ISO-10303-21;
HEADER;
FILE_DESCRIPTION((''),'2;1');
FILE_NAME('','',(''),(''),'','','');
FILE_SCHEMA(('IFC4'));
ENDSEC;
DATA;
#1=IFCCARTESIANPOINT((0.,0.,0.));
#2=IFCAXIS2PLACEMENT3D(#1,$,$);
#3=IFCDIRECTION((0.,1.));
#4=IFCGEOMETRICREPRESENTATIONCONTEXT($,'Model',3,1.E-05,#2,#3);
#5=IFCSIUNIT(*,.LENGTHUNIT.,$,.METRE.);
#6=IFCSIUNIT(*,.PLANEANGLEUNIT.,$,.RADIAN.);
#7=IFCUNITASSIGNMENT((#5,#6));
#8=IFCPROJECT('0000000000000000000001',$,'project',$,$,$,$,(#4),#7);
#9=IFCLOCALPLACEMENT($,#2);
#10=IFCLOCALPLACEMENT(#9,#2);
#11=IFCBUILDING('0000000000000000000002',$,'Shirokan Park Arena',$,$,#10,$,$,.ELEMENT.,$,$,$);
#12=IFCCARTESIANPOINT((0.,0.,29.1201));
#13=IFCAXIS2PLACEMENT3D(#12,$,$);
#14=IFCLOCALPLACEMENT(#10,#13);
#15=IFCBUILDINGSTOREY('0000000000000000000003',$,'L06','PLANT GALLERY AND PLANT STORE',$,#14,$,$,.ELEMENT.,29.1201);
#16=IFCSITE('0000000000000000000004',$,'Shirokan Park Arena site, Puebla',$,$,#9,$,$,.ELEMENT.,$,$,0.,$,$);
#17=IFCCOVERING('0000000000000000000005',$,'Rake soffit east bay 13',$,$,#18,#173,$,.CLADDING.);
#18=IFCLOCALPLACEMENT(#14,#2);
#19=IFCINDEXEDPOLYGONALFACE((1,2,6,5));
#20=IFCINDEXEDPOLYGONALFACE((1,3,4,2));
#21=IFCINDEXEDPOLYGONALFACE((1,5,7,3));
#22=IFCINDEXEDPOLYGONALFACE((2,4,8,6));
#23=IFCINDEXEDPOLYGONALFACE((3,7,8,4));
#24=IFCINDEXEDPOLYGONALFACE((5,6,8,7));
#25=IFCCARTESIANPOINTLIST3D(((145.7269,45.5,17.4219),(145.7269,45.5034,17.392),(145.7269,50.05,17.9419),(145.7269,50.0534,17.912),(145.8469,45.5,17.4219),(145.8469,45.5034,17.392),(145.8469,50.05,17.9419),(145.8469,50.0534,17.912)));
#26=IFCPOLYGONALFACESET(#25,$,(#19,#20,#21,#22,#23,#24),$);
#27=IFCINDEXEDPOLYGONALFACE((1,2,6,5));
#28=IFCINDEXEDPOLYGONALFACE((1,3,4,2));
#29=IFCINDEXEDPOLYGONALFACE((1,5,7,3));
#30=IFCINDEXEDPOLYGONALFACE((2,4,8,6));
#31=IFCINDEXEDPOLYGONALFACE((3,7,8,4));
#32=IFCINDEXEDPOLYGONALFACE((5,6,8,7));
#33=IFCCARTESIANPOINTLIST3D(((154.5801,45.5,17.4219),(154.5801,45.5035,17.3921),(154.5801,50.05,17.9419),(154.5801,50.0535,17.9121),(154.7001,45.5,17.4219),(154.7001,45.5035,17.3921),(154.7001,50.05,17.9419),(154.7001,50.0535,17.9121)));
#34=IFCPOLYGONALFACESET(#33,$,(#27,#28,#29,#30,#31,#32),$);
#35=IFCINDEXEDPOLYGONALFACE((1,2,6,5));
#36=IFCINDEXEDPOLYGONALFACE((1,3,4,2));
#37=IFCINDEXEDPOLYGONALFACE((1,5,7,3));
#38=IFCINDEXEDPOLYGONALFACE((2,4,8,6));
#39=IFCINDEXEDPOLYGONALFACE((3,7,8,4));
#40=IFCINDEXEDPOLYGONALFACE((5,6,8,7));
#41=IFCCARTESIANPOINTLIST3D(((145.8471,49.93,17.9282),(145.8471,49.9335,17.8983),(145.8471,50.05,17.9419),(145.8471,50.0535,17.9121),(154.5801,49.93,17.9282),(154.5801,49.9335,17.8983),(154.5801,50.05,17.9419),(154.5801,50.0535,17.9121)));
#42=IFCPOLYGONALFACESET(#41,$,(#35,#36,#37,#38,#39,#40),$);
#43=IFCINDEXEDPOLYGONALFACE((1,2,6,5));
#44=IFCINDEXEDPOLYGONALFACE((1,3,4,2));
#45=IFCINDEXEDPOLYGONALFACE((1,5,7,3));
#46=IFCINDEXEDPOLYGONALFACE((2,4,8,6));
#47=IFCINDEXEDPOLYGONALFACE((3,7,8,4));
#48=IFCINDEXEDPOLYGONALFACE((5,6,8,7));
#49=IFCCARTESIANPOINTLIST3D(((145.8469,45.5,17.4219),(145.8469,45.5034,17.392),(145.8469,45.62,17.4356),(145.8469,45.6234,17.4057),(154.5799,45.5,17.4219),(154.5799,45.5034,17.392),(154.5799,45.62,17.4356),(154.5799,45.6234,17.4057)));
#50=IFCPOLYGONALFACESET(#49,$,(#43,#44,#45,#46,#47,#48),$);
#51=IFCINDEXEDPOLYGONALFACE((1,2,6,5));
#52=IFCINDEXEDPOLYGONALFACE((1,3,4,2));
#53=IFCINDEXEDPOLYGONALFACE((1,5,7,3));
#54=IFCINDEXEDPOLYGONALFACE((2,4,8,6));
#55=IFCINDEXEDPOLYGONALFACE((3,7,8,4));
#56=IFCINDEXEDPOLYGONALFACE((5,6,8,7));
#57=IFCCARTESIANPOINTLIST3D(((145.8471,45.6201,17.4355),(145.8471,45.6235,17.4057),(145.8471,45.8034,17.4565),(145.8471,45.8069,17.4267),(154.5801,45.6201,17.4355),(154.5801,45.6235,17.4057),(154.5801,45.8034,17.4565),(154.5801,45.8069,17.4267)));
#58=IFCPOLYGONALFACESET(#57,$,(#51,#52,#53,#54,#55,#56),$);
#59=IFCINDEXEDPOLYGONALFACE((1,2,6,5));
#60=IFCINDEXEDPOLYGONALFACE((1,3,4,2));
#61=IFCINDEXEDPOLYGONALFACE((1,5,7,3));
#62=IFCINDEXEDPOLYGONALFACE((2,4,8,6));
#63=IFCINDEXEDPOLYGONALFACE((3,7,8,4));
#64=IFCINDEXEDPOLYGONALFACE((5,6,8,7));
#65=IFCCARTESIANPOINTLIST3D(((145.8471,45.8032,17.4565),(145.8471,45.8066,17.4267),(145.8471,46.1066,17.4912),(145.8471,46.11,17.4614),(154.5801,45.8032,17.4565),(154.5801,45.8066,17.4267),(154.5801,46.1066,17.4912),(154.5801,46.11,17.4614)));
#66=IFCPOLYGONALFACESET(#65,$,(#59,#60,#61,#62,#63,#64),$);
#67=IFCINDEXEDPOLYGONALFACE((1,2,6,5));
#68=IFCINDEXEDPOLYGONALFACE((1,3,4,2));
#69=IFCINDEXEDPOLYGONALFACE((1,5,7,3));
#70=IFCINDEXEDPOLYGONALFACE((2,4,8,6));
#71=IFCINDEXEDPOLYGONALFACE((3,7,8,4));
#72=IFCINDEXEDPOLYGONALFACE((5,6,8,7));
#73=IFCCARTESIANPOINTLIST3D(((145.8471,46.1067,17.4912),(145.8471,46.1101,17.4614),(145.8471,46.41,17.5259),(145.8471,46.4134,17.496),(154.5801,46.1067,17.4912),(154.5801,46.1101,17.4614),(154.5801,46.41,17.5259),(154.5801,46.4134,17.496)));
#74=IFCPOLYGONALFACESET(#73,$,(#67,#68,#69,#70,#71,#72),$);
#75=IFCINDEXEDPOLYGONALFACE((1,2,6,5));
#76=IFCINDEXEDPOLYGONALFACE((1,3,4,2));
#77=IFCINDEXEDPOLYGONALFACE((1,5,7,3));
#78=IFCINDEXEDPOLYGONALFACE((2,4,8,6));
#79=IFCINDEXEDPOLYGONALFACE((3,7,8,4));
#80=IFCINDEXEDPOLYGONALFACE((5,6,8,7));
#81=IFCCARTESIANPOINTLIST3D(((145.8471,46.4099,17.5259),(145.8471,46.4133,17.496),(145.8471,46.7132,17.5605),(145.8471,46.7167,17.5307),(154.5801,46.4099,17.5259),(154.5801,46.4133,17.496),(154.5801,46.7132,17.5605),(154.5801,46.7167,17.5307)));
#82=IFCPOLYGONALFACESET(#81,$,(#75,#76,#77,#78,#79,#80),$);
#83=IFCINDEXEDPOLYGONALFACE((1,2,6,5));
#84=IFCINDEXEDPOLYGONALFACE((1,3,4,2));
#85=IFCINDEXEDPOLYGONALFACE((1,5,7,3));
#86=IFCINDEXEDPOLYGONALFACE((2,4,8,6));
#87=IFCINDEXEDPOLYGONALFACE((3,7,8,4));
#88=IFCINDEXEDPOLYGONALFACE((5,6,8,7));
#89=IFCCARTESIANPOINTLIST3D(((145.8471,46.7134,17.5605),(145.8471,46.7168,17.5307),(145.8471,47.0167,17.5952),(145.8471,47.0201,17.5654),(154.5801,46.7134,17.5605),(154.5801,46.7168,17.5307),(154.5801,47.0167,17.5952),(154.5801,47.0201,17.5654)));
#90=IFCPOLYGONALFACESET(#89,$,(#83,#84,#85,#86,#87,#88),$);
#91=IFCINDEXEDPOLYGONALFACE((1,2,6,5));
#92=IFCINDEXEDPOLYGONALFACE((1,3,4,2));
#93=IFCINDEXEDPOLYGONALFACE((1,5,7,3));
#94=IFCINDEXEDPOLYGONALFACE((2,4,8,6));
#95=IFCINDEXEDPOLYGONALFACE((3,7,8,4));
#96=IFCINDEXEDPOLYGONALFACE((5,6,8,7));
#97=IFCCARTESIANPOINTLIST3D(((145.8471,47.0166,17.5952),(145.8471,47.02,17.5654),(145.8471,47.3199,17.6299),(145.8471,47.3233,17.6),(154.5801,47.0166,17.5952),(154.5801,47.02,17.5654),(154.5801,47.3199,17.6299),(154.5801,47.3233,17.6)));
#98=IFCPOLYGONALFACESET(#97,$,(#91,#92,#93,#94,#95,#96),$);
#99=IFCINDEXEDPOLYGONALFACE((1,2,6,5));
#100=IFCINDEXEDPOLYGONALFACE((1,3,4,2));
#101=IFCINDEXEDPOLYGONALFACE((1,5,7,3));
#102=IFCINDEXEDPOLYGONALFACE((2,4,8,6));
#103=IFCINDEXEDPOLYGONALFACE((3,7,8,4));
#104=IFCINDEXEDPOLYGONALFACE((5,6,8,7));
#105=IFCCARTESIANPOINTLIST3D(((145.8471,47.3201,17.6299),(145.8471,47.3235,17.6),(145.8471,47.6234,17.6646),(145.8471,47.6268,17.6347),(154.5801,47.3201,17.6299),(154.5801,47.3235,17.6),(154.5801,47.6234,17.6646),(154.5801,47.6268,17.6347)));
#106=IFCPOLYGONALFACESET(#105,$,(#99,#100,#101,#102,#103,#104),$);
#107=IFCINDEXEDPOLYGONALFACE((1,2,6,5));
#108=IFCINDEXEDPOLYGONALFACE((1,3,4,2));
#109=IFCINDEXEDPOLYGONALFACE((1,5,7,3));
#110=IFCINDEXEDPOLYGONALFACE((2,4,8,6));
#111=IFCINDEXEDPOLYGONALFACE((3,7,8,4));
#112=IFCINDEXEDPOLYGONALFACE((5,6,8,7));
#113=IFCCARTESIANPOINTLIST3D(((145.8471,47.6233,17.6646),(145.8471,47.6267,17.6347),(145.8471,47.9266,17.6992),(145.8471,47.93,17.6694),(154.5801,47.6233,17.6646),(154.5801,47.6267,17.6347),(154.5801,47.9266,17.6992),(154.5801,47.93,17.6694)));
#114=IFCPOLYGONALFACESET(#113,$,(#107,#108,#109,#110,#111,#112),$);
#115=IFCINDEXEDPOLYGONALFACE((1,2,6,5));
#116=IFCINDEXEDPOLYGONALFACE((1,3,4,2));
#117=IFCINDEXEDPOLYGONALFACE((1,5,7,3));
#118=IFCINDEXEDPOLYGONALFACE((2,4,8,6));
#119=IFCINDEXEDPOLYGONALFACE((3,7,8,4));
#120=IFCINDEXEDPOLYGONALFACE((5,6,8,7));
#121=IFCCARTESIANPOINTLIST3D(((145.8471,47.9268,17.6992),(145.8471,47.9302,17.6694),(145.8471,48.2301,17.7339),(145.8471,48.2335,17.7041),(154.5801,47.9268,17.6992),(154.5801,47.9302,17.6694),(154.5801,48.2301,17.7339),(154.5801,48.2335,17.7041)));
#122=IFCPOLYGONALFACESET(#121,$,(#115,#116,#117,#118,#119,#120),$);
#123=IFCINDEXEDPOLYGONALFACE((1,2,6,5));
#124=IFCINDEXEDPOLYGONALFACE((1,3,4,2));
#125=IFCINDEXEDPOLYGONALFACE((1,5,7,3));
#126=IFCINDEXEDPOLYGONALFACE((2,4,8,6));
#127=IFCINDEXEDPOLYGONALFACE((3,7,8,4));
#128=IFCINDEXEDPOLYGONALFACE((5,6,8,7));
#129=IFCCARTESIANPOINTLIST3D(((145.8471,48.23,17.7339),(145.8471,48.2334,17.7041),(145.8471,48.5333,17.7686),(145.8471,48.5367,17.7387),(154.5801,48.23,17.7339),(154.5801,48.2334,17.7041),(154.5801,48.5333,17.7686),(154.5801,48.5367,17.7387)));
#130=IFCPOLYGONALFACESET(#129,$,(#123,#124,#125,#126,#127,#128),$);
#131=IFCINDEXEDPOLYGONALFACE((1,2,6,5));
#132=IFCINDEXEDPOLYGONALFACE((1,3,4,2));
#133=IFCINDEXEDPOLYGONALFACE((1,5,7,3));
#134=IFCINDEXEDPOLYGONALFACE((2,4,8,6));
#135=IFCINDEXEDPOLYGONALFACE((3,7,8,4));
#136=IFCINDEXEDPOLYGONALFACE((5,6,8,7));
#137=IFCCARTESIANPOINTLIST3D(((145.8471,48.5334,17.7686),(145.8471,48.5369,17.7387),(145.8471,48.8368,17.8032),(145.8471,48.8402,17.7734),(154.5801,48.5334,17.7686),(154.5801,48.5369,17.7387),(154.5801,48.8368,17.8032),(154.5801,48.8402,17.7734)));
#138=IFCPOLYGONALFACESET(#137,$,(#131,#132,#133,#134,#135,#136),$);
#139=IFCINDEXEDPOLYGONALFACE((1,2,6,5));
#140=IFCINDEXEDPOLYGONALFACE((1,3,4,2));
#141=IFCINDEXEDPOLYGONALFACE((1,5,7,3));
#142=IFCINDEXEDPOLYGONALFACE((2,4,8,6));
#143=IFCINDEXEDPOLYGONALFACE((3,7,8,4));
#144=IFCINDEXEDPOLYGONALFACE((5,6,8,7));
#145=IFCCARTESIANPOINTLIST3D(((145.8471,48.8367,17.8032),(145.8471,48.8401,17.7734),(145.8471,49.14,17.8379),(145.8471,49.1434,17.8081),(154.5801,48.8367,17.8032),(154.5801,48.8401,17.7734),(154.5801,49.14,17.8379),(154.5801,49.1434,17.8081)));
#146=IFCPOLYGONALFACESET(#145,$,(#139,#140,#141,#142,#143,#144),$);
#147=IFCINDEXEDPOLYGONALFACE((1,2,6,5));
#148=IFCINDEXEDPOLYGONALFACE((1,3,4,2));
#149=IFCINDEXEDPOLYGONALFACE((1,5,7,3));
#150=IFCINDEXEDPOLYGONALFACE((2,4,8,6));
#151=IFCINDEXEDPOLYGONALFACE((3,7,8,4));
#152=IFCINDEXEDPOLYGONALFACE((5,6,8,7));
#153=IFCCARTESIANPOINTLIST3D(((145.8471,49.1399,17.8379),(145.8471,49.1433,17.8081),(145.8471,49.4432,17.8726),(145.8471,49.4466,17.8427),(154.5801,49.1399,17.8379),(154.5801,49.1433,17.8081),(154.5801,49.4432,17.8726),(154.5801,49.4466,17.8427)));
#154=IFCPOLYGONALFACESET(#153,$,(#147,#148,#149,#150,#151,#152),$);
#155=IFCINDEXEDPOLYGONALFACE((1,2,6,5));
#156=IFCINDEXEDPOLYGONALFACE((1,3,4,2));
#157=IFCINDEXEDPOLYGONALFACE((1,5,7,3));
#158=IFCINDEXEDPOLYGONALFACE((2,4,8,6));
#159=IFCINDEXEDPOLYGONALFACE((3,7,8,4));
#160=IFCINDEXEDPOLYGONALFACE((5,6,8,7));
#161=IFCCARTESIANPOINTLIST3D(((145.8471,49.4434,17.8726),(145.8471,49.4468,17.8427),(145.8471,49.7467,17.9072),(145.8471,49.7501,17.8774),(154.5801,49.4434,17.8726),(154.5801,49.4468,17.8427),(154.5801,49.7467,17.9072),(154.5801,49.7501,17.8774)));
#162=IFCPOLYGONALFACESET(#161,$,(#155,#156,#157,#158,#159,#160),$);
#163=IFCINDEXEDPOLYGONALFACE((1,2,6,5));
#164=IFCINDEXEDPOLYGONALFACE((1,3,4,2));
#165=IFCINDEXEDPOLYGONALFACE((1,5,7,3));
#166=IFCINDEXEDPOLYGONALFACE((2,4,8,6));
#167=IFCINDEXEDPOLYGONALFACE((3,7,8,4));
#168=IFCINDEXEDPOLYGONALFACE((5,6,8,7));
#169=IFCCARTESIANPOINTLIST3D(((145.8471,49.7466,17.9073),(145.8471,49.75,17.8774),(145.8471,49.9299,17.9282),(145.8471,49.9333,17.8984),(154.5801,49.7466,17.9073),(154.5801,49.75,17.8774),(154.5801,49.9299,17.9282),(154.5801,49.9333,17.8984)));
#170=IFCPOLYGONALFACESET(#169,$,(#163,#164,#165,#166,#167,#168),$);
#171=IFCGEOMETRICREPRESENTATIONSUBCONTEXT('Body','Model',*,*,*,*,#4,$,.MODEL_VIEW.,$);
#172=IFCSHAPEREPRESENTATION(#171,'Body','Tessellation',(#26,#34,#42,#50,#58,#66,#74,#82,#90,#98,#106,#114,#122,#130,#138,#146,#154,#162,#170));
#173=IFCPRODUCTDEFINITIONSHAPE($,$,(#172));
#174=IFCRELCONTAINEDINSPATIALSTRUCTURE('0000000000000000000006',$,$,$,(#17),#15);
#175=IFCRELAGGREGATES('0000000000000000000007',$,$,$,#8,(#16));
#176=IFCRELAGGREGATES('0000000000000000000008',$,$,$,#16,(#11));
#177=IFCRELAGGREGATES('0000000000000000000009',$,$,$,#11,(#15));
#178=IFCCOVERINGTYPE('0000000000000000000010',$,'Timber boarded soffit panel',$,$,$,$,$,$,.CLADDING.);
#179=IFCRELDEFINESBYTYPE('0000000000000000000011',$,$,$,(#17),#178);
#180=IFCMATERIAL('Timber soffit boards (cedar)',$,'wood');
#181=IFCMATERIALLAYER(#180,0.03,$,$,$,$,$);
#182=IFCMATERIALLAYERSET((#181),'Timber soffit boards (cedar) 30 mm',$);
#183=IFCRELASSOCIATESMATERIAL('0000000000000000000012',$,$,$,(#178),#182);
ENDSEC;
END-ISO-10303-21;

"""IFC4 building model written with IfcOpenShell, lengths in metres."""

from ifc_helpers import new_model, si_unit, direction, frame, origin, place, context, subcontext, project, spatial, polyline, outline, extrude, material, layer, layer_set, type_object, element, save


model = new_model("IFC4")

# Units and contexts
model_context = context("Model", 3, precision=1e-05, world=origin(), true_north=direction((0.0, 1.0)))
body_context = subcontext(model_context, "Body", "Model", "MODEL_VIEW")
ifc_project = project(units=[si_unit("LENGTHUNIT", "METRE"), si_unit("PLANEANGLEUNIT", "RADIAN")], contexts=[model_context])

# Site, building, storey
site_placement = place(None, origin())
site = spatial("IfcSite", under=ifc_project, at=site_placement, Name="Shirokan Park Arena site, Puebla", CompositionType="ELEMENT", RefElevation=0.0)
building_placement = place(site_placement, origin())
building = spatial("IfcBuilding", under=site, at=building_placement, Name="Shirokan Park Arena", CompositionType="ELEMENT")
storey_placement = place(building_placement, frame((0.0, 0.0, 29.1201)))
storey = spatial("IfcBuildingStorey", under=building, at=storey_placement, Name="L06", Description="PLANT GALLERY AND PLANT STORE", CompositionType="ELEMENT", Elevation=29.1201)

# Covering
ifc_material = material(Name="Timber soffit boards (cedar)", Category="wood")
ifc_layer = layer(ifc_material, 0.03)
ifc_layer_set = layer_set([ifc_layer], Name="Timber soffit boards (cedar) 30 mm")
covering_type = type_object("IfcCoveringType", Name="Timber boarded soffit panel", PredefinedType="CLADDING", material=ifc_layer_set)
covering_1_placement = place(storey_placement, origin())
element("IfcCovering", 1, at=covering_1_placement, inside=storey, type_object=covering_type, Name="Rake soffit east bay 13", PredefinedType="CLADDING", context=body_context, shape_type="SweptSolid", body=[
    extrude(outline(polyline([(0.0, 0.0), (0.12, 0.0), (0.12, -4.5796), (0.0, -4.5796), (0.0, 0.0)])), frame((145.8469, 45.5, 17.4219), z_axis=(0.0, -0.113547, 0.993533), x_axis=(-1.0, 0.0, 0.0)), (0.0, 0.0, -1.0), 0.03),
    extrude(outline(polyline([(0.0, 0.0), (0.12, 0.0), (0.12, -4.5796), (0.0, -4.5796), (0.0, 0.0)])), frame((154.5801, 50.05, 17.9419), z_axis=(0.0, -0.113547, 0.993533), x_axis=(1.0, 0.0, 0.0)), (0.0, 0.0, -1.0), 0.03),
    extrude(outline(polyline([(0.0, 0.0), (0.1208, 0.0), (0.1208, -8.733), (0.0, -8.733), (0.0, 0.0)])), frame((154.5801, 50.05, 17.9419), z_axis=(0.0, -0.113512, 0.993537), x_axis=(0.0, -0.993537, -0.113512)), (0.0, 0.0, -1.0), 0.03),
    extrude(outline(polyline([(0.0, 0.0), (0.1208, 0.0), (0.1208, -8.733), (0.0, -8.733), (0.0, 0.0)])), frame((145.8469, 45.5, 17.4219), z_axis=(0.0, -0.113512, 0.993537), x_axis=(0.0, 0.993537, 0.113512)), (0.0, 0.0, -1.0), 0.03),
    extrude(outline(polyline([(0.0, 0.0), (8.733, 0.0), (8.733, -0.1845), (0.0, -0.1845), (0.0, 0.0)])), frame((154.5801, 45.6201, 17.4355), z_axis=(0.0, -0.113589, 0.993528), x_axis=(-1.0, 0.0, 0.0)), (0.0, 0.0, -1.0), 0.03),
    extrude(outline(polyline([(0.0, 0.0), (8.733, 0.0), (8.733, -0.3053), (0.0, -0.3053), (0.0, 0.0)])), frame((154.5801, 45.8032, 17.4565), z_axis=(0.0, -0.113523, 0.993535), x_axis=(-1.0, 0.0, 0.0)), (0.0, 0.0, -1.0), 0.03),
    extrude(outline(polyline([(0.0, 0.0), (8.733, 0.0), (8.733, -0.3053), (0.0, -0.3053), (0.0, 0.0)])), frame((154.5801, 46.1067, 17.4912), z_axis=(0.0, -0.113559, 0.993531), x_axis=(-1.0, 0.0, 0.0)), (0.0, 0.0, -1.0), 0.03),
    extrude(outline(polyline([(0.0, 0.0), (8.733, 0.0), (8.733, -0.3053), (0.0, -0.3053), (0.0, 0.0)])), frame((154.5801, 46.4099, 17.5259), z_axis=(0.0, -0.113559, 0.993531), x_axis=(-1.0, 0.0, 0.0)), (0.0, 0.0, -1.0), 0.03),
    extrude(outline(polyline([(0.0, 0.0), (8.733, 0.0), (8.733, -0.3053), (0.0, -0.3053), (0.0, 0.0)])), frame((154.5801, 46.7134, 17.5605), z_axis=(0.0, -0.113523, 0.993535), x_axis=(-1.0, 0.0, 0.0)), (0.0, 0.0, -1.0), 0.03),
    extrude(outline(polyline([(0.0, 0.0), (8.733, 0.0), (8.733, -0.3053), (0.0, -0.3053), (0.0, 0.0)])), frame((154.5801, 47.0166, 17.5952), z_axis=(0.0, -0.113559, 0.993531), x_axis=(-1.0, 0.0, 0.0)), (0.0, 0.0, -1.0), 0.03),
    extrude(outline(polyline([(0.0, 0.0), (8.733, 0.0), (8.733, -0.3053), (0.0, -0.3053), (0.0, 0.0)])), frame((154.5801, 47.3201, 17.6299), z_axis=(0.0, -0.113559, 0.993531), x_axis=(-1.0, 0.0, 0.0)), (0.0, 0.0, -1.0), 0.03),
    extrude(outline(polyline([(0.0, 0.0), (8.733, 0.0), (8.733, -0.3053), (0.0, -0.3053), (0.0, 0.0)])), frame((154.5801, 47.6233, 17.6646), z_axis=(0.0, -0.113523, 0.993535), x_axis=(-1.0, 0.0, 0.0)), (0.0, 0.0, -1.0), 0.03),
    extrude(outline(polyline([(0.0, 0.0), (8.733, 0.0), (8.733, -0.3053), (0.0, -0.3053), (0.0, 0.0)])), frame((154.5801, 47.9268, 17.6992), z_axis=(0.0, -0.113559, 0.993531), x_axis=(-1.0, 0.0, 0.0)), (0.0, 0.0, -1.0), 0.03),
    extrude(outline(polyline([(0.0, 0.0), (8.733, 0.0), (8.733, -0.3053), (0.0, -0.3053), (0.0, 0.0)])), frame((154.5801, 48.23, 17.7339), z_axis=(0.0, -0.113559, 0.993531), x_axis=(-1.0, 0.0, 0.0)), (0.0, 0.0, -1.0), 0.03),
    extrude(outline(polyline([(0.0, 0.0), (8.733, 0.0), (8.733, -0.3053), (0.0, -0.3053), (0.0, 0.0)])), frame((154.5801, 48.5334, 17.7686), z_axis=(0.0, -0.113523, 0.993535), x_axis=(-1.0, 0.0, 0.0)), (0.0, 0.0, -1.0), 0.03),
    extrude(outline(polyline([(0.0, 0.0), (8.733, 0.0), (8.733, -0.3053), (0.0, -0.3053), (0.0, 0.0)])), frame((154.5801, 48.8367, 17.8032), z_axis=(0.0, -0.113559, 0.993531), x_axis=(-1.0, 0.0, 0.0)), (0.0, 0.0, -1.0), 0.03),
    extrude(outline(polyline([(0.0, 0.0), (8.733, 0.0), (8.733, -0.3053), (0.0, -0.3053), (0.0, 0.0)])), frame((154.5801, 49.1399, 17.8379), z_axis=(0.0, -0.113559, 0.993531), x_axis=(-1.0, 0.0, 0.0)), (0.0, 0.0, -1.0), 0.03),
    extrude(outline(polyline([(0.0, 0.0), (8.733, 0.0), (8.733, -0.3053), (0.0, -0.3053), (0.0, 0.0)])), frame((154.5801, 49.4434, 17.8726), z_axis=(0.0, -0.113523, 0.993535), x_axis=(-1.0, 0.0, 0.0)), (0.0, 0.0, -1.0), 0.03),
    extrude(outline(polyline([(0.0, 0.0), (0.1845, 0.0), (0.1845, -8.733), (0.0, -8.733), (0.0, 0.0)])), frame((154.5801, 49.9299, 17.9282), z_axis=(0.0, -0.113589, 0.993528), x_axis=(0.0, -0.993528, -0.113589)), (0.0, 0.0, -1.0), 0.03),
])

save(model, "model.ifc")
